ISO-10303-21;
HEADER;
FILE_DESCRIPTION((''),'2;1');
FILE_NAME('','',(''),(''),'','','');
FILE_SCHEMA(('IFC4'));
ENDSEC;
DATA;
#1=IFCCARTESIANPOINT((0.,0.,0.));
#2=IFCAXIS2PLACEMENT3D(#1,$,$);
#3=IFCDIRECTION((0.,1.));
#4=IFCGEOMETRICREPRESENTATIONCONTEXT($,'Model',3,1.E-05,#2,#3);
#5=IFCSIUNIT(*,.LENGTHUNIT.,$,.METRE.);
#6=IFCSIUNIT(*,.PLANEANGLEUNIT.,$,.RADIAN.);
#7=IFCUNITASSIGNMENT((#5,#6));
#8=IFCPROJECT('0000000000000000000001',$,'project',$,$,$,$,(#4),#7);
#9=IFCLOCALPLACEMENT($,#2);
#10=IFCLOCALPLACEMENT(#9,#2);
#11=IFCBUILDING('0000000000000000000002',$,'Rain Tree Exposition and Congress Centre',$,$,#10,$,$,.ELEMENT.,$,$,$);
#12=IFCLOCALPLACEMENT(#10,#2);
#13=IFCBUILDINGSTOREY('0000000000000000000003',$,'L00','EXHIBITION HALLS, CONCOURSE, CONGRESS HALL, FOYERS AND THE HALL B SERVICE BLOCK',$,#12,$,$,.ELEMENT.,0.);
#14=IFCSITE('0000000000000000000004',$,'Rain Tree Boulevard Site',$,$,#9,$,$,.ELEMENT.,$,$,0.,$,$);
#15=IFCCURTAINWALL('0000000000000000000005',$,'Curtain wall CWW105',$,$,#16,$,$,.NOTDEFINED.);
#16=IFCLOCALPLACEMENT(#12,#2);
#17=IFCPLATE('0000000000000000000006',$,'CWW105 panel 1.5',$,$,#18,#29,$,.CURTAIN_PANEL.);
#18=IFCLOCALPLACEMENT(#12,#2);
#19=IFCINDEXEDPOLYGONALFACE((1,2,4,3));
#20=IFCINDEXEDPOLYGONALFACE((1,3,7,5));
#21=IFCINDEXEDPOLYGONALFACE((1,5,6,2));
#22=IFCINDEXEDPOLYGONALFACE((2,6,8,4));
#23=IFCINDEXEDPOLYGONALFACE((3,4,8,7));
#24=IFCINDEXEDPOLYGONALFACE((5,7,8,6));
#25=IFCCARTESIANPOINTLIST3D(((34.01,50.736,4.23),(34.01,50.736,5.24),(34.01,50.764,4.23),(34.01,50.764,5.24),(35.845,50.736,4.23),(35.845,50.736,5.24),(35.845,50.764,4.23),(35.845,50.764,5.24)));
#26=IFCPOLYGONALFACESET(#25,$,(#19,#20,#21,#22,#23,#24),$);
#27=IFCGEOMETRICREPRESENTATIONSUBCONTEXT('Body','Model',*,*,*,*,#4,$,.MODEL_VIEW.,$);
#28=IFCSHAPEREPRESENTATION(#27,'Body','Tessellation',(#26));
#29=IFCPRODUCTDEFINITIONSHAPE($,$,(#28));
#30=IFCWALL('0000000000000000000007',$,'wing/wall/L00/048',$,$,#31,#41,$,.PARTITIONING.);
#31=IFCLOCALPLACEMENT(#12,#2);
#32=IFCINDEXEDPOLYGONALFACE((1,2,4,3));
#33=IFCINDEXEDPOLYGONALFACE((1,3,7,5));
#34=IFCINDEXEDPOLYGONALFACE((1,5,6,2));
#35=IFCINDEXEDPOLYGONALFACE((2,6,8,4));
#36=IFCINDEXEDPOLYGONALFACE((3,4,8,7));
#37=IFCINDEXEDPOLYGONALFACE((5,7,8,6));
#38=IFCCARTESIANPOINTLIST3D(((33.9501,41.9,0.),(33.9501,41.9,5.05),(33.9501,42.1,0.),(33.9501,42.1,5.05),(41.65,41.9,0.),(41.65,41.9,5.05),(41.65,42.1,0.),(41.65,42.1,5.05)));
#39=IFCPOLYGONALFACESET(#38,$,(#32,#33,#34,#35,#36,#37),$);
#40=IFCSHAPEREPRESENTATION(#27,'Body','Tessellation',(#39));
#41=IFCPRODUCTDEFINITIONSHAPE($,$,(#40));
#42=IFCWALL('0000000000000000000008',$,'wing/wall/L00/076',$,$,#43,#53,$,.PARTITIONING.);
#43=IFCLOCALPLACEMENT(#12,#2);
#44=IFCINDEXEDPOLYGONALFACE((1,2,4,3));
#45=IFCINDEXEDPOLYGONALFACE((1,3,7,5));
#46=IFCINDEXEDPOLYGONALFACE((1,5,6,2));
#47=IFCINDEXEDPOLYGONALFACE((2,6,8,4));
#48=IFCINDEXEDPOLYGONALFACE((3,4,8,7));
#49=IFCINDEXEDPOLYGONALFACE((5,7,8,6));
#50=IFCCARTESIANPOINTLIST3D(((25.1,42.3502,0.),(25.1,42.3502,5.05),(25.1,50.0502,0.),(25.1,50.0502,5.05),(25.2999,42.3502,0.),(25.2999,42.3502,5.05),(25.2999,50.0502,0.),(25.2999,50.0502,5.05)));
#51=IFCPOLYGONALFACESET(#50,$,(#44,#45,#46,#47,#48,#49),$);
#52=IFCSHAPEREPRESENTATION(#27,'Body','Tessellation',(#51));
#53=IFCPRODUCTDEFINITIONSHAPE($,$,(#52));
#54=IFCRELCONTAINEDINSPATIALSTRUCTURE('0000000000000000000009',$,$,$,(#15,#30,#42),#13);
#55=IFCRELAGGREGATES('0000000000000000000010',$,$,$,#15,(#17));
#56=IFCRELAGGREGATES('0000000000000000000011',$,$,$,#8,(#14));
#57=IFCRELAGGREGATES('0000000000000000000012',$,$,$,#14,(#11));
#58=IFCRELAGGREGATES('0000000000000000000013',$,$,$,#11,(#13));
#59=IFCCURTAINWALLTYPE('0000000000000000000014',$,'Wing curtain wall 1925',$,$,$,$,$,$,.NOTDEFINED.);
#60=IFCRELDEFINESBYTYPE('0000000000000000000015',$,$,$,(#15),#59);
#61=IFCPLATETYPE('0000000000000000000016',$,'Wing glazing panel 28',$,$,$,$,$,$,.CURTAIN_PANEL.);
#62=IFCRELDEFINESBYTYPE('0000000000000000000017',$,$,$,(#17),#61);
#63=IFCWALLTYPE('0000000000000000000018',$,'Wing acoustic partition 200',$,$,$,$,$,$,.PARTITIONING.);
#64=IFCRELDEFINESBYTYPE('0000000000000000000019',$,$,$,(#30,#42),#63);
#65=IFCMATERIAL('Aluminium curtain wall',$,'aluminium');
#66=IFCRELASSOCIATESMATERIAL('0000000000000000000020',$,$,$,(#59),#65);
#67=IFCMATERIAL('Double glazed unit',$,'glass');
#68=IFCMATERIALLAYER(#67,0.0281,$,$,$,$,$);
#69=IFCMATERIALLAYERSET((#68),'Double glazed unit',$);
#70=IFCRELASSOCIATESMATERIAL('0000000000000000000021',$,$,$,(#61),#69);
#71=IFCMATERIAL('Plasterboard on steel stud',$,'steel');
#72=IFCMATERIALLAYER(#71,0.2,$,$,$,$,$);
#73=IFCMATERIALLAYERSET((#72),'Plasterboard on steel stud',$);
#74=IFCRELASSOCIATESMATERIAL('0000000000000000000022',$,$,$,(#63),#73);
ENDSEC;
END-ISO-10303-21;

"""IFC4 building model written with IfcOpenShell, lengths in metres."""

from ifc_helpers import new_model, si_unit, direction, frame, frame_2d, origin, origin_2d, place, context, subcontext, project, spatial, rectangle, extrude, material, layer, layer_set, type_object, element, aggregate, save


model = new_model("IFC4")

# Units and contexts
model_context = context("Model", 3, precision=1e-05, world=origin(), true_north=direction((0.0, 1.0)))
body_context = subcontext(model_context, "Body", "Model", "MODEL_VIEW")
ifc_project = project(units=[si_unit("LENGTHUNIT", "METRE"), si_unit("PLANEANGLEUNIT", "RADIAN")], contexts=[model_context])

# Site, building, storey
site_placement = place(None, origin())
site = spatial("IfcSite", under=ifc_project, at=site_placement, Name="Rain Tree Boulevard Site", CompositionType="ELEMENT", RefElevation=0.0)
building_placement = place(site_placement, origin())
building = spatial("IfcBuilding", under=site, at=building_placement, Name="Rain Tree Exposition and Congress Centre", CompositionType="ELEMENT")
storey_placement = place(building_placement, origin())
storey = spatial("IfcBuildingStorey", under=building, at=storey_placement, Name="L00", Description="EXHIBITION HALLS, CONCOURSE, CONGRESS HALL, FOYERS AND THE HALL B SERVICE BLOCK", CompositionType="ELEMENT", Elevation=0.0)

# Shared definitions
ifc_material_1 = material(Name="Aluminium curtain wall", Category="aluminium")
curtain_wall_type = type_object("IfcCurtainWallType", Name="Wing curtain wall 1925", PredefinedType="NOTDEFINED", material=ifc_material_1)

# Curtain wall
curtain_wall_1_placement = place(storey_placement, origin())
curtain_wall_1 = element("IfcCurtainWall", 1, at=curtain_wall_1_placement, inside=storey, type_object=curtain_wall_type, Name="Curtain wall CWW105", PredefinedType="NOTDEFINED")

# Plate
ifc_material_2 = material(Name="Double glazed unit", Category="glass")
ifc_layer_1 = layer(ifc_material_2, 0.0281)
ifc_layer_set_1 = layer_set([ifc_layer_1], Name="Double glazed unit")
plate_type = type_object("IfcPlateType", Name="Wing glazing panel 28", PredefinedType="CURTAIN_PANEL", material=ifc_layer_set_1)
plate_1_placement = place(storey_placement, frame((34.9275, 50.75, 4.23), z_axis=(0.0, 0.0, 1.0), x_axis=(1.0, 0.0, 0.0)))
plate_1 = element("IfcPlate", 2, at=plate_1_placement, type_object=plate_type, Name="CWW105 panel 1.5", PredefinedType="CURTAIN_PANEL", context=body_context, shape_type="SweptSolid", body=[
    extrude(rectangle(XDim=1.835, YDim=0.0281, at=origin_2d()), origin(), (0.0, 0.0, 1.0), 1.01),
])
aggregate(curtain_wall_1, [plate_1])

# Shared definitions
ifc_material_3 = material(Name="Plasterboard on steel stud", Category="steel")
ifc_layer_2 = layer(ifc_material_3, 0.2)
ifc_layer_set_2 = layer_set([ifc_layer_2], Name="Plasterboard on steel stud")
wall_type_1 = type_object("IfcWallType", Name="Wing acoustic partition 200", PredefinedType="PARTITIONING", material=ifc_layer_set_2)

# Walls
for number, where, z_axis, x_axis, name in (
    (3, (33.95, 42.0, 0.0), (0.0, 0.0, 1.0), (1.0, 0.0, 0.0), "wing/wall/L00/048"),
    (4, (25.2, 42.3501, 0.0), (0.0, 0.0, 1.0), (0.0, 1.0, 0.0), "wing/wall/L00/076"),
):
    element("IfcWall", number, at=place(storey_placement, frame(where, z_axis=z_axis, x_axis=x_axis)), inside=storey, type_object=wall_type_1, Name=name, PredefinedType="PARTITIONING", context=body_context, shape_type="SweptSolid", body=[
        extrude(rectangle(XDim=7.7, YDim=0.2, at=frame_2d((3.8501, 0.0))), origin(), (0.0, 0.0, 1.0), 5.05),
    ])

save(model, "model.ifc")
